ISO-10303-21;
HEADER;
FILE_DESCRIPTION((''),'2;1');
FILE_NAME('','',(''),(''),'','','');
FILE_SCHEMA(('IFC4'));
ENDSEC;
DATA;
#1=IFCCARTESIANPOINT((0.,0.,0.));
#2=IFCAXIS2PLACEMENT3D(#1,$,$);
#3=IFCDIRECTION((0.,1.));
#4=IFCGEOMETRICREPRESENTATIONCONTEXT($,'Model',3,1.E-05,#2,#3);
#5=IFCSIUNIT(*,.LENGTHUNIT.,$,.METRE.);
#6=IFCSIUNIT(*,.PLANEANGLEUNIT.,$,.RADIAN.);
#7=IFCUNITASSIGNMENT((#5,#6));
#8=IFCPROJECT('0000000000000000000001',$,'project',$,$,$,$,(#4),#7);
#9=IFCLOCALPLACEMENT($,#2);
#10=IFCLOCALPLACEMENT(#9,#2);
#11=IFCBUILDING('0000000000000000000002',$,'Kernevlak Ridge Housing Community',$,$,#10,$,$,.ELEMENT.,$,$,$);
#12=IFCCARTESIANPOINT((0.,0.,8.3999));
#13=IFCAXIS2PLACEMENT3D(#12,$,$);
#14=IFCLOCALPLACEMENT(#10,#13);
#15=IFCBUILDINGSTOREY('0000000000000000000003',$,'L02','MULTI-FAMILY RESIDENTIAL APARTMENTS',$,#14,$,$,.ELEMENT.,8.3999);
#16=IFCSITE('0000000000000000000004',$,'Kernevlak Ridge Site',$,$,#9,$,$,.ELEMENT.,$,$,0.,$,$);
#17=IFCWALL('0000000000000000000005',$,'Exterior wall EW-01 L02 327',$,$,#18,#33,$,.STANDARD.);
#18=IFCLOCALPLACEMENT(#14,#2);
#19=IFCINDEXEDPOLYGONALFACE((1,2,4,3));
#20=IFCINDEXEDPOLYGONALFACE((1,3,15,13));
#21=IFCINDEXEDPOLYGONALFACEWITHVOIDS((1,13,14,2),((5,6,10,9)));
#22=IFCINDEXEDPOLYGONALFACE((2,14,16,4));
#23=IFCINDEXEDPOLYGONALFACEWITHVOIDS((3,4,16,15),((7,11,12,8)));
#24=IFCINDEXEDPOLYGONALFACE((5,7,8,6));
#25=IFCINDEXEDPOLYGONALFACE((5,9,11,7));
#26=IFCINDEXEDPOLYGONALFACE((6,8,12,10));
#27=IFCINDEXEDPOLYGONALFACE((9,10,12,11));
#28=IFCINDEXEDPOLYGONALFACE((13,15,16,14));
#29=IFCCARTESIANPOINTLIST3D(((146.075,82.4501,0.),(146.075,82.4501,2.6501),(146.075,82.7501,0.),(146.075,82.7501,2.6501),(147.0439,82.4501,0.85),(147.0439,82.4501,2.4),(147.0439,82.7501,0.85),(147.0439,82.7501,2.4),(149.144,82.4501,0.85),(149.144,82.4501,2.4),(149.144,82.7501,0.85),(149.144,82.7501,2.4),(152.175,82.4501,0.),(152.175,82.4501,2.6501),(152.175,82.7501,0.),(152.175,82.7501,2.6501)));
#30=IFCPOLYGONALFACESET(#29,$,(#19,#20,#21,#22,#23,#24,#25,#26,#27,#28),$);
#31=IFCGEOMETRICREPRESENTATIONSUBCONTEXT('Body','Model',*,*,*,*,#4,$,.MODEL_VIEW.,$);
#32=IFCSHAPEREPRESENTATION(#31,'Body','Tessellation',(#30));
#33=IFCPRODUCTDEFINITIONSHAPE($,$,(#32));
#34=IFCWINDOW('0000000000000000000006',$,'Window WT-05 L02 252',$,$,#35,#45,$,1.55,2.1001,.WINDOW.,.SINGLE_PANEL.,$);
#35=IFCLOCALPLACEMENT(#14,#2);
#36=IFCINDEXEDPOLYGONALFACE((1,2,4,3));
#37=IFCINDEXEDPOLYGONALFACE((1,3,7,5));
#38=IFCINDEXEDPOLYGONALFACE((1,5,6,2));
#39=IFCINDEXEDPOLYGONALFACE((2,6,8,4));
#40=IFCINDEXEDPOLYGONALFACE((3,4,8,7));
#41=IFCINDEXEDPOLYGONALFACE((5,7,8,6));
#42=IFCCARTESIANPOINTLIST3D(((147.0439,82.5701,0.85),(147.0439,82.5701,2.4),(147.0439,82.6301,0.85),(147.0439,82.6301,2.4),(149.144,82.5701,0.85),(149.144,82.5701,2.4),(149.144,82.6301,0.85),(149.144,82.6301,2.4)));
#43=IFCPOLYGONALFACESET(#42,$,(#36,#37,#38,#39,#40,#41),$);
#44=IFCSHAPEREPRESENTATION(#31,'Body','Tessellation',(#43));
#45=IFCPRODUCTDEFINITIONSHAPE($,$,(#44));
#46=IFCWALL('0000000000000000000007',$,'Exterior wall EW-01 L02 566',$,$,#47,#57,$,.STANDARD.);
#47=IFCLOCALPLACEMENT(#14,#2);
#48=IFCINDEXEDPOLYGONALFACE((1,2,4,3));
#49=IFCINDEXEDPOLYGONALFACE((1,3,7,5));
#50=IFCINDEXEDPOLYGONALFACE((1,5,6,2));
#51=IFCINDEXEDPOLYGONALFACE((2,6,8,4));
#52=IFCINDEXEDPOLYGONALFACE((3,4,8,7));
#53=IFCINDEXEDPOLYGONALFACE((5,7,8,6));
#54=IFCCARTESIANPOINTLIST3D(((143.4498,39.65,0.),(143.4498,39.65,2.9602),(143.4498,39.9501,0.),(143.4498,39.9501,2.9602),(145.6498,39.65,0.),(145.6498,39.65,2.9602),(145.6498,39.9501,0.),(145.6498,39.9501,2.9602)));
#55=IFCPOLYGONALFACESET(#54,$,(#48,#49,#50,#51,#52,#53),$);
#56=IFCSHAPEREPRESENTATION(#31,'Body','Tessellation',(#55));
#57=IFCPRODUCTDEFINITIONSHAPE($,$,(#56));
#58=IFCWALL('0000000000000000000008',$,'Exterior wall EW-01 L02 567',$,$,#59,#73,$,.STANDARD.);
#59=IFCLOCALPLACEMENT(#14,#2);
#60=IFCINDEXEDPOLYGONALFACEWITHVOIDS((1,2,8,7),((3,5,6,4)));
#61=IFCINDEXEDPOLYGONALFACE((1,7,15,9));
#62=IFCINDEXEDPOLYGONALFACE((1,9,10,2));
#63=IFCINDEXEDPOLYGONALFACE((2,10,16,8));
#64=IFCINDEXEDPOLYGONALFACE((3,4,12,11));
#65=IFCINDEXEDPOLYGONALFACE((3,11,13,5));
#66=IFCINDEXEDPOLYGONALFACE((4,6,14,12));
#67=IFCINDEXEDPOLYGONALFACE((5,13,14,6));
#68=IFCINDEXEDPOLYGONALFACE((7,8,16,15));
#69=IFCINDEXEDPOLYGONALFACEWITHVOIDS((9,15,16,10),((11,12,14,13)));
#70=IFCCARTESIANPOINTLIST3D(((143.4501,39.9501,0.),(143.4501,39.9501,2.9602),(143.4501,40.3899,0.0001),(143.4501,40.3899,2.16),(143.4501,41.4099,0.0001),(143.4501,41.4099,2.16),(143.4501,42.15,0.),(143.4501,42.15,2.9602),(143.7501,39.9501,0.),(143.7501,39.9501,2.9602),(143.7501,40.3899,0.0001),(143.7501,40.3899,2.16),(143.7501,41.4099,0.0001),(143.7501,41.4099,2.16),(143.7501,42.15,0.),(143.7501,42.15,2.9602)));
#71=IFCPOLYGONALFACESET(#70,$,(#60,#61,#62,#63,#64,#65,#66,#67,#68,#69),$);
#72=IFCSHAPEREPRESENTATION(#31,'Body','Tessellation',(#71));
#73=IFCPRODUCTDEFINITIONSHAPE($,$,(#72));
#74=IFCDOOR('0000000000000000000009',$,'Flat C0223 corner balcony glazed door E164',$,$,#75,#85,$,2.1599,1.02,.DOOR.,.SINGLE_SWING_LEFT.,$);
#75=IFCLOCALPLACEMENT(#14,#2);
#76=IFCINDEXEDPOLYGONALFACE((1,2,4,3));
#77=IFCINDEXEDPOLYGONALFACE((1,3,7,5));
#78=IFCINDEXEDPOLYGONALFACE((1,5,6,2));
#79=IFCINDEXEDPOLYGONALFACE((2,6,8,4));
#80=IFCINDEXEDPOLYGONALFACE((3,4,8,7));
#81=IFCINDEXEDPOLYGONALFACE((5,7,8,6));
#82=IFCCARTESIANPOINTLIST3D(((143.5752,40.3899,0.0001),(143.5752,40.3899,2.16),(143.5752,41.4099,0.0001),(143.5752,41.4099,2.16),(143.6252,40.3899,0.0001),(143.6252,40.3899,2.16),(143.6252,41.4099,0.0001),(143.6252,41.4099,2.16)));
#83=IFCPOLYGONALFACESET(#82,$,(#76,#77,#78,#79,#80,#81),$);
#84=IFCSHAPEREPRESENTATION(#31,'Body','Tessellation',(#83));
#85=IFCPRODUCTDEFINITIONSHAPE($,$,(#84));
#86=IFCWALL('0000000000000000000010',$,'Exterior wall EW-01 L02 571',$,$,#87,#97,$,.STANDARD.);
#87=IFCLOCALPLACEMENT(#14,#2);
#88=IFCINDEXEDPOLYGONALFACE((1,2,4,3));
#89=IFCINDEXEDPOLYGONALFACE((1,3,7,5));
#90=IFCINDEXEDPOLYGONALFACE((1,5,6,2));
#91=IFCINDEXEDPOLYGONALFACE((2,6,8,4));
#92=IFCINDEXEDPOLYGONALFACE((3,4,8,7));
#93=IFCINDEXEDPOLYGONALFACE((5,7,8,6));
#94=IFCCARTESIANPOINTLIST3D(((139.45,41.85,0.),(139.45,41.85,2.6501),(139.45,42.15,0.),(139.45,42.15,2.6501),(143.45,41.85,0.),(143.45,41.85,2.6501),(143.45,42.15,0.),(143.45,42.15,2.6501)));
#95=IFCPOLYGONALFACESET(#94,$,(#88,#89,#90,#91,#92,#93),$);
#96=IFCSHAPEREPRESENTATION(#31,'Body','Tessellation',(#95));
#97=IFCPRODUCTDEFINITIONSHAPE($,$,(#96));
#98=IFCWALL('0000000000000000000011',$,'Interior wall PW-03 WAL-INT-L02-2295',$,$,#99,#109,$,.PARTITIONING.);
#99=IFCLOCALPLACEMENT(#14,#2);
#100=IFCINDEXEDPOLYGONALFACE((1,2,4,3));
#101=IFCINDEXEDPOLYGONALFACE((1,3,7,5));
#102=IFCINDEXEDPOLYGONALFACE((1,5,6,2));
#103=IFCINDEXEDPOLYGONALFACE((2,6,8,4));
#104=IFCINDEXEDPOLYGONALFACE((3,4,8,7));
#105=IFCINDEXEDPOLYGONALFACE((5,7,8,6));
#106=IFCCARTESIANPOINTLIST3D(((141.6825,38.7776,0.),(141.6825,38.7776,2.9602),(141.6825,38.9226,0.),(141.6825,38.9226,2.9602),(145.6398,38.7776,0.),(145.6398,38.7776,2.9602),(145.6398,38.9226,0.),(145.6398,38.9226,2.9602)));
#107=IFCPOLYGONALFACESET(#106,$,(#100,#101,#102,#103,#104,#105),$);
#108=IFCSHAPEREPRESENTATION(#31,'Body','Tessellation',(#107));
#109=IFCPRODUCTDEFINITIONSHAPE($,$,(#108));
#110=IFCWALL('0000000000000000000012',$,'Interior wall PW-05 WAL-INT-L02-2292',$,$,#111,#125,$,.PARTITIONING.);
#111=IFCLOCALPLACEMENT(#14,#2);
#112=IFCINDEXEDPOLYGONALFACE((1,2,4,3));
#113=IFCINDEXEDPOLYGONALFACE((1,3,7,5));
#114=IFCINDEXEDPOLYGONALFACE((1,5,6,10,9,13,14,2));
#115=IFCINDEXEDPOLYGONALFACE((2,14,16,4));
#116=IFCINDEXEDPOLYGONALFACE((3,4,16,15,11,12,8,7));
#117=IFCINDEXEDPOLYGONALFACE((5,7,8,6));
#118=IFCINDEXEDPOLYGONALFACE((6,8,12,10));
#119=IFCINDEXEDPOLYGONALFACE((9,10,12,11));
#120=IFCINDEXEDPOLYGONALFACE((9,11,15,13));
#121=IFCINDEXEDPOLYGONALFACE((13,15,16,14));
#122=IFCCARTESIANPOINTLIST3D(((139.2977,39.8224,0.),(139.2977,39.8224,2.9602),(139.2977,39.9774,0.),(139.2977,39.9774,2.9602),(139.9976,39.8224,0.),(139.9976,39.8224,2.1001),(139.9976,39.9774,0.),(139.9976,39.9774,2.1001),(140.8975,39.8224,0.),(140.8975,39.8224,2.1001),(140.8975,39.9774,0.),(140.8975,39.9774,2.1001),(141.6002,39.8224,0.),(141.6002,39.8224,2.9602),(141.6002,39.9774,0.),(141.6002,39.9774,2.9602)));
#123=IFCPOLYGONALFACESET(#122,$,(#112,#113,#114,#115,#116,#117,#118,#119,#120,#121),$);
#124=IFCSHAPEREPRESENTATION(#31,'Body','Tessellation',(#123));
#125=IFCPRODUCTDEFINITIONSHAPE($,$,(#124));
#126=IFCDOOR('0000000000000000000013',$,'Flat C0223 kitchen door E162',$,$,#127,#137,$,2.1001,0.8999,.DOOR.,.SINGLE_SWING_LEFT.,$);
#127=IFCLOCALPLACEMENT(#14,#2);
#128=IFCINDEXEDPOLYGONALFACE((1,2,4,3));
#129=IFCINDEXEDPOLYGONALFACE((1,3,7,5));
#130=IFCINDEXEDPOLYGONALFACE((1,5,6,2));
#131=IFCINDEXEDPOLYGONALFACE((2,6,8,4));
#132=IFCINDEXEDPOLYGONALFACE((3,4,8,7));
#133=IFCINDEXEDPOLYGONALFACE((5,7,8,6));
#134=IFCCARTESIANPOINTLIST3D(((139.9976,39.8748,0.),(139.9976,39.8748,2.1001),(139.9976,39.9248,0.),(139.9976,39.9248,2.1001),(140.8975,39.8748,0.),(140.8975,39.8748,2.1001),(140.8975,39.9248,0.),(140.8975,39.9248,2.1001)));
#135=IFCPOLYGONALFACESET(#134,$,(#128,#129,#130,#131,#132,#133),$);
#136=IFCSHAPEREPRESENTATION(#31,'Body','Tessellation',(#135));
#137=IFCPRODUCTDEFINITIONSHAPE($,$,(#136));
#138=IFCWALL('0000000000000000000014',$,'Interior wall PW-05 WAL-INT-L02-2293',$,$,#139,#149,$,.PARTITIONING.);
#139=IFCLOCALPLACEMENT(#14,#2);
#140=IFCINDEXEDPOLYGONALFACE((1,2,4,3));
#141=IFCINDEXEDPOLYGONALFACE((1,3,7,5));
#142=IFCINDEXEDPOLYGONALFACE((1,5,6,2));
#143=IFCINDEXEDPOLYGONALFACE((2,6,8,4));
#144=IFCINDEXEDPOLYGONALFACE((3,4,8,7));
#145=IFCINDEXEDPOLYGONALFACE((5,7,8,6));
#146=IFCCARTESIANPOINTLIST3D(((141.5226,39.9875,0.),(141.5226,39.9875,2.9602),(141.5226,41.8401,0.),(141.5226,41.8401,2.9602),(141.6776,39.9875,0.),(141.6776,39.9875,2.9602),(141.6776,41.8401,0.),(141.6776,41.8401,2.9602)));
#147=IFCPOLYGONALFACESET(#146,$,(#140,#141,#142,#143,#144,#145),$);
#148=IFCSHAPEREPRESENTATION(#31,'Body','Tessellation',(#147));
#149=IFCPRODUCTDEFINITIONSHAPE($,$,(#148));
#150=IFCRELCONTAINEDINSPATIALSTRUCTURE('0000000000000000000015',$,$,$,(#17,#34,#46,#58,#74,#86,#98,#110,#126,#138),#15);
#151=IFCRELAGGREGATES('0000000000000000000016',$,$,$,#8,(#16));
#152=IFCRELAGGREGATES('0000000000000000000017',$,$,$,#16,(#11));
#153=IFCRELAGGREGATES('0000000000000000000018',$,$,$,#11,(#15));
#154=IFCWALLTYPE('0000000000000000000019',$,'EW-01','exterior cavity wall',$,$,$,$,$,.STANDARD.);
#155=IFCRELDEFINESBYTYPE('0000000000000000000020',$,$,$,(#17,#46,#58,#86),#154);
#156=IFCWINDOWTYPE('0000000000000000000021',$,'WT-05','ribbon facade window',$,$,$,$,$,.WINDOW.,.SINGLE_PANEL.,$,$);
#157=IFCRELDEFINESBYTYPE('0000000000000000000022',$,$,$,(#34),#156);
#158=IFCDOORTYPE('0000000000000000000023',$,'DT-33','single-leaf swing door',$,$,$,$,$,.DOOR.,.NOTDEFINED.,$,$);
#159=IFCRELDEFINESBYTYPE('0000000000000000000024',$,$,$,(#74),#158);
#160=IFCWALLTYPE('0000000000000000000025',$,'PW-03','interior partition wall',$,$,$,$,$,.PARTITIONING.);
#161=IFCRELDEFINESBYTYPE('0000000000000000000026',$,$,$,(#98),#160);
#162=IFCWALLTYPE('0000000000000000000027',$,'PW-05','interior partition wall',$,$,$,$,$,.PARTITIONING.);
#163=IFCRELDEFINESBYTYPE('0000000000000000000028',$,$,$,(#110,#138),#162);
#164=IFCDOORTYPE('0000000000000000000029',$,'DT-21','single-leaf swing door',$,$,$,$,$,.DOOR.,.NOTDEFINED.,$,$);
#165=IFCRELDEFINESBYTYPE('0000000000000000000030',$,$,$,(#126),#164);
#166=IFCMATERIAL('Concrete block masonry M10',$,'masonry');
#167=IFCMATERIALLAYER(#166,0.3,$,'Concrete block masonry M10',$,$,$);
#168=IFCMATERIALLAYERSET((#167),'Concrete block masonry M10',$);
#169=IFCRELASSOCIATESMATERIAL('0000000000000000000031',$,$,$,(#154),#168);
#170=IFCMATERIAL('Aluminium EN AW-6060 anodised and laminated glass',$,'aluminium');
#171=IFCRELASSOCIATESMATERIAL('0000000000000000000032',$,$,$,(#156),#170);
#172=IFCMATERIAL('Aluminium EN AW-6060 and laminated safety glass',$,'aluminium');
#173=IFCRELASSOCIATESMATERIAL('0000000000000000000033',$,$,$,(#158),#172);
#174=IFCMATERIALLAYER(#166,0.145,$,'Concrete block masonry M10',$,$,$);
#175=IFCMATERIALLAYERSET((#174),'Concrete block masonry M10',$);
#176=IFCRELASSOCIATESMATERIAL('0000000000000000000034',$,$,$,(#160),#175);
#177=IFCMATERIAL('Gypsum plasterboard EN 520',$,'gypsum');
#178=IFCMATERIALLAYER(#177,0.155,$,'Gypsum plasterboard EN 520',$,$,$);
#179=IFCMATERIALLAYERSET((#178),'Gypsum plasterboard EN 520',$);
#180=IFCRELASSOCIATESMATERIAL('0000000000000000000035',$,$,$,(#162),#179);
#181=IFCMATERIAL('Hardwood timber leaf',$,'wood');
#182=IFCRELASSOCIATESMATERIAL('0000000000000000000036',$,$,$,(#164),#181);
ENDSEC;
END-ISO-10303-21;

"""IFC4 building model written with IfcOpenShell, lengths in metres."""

from ifc_helpers import new_model, si_unit, direction, frame, frame_2d, origin, place, context, subcontext, project, spatial, rectangle, extrude, material, layer, layer_set, type_object, element, fill, save


model = new_model("IFC4")

# Units and contexts
model_context = context("Model", 3, precision=1e-05, world=origin(), true_north=direction((0.0, 1.0)))
body_context = subcontext(model_context, "Body", "Model", "MODEL_VIEW")
ifc_project = project(units=[si_unit("LENGTHUNIT", "METRE"), si_unit("PLANEANGLEUNIT", "RADIAN")], contexts=[model_context])

# Site, building, storey
site_placement = place(None, origin())
site = spatial("IfcSite", under=ifc_project, at=site_placement, Name="Kernevlak Ridge Site", CompositionType="ELEMENT", RefElevation=0.0)
building_placement = place(site_placement, origin())
building = spatial("IfcBuilding", under=site, at=building_placement, Name="Kernevlak Ridge Housing Community", CompositionType="ELEMENT")
storey_placement = place(building_placement, frame((0.0, 0.0, 8.3999)))
storey = spatial("IfcBuildingStorey", under=building, at=storey_placement, Name="L02", Description="MULTI-FAMILY RESIDENTIAL APARTMENTS", CompositionType="ELEMENT", Elevation=8.3999)

# Shared definitions
ifc_material_1 = material(Name="Aluminium EN AW-6060 anodised and laminated glass", Category="aluminium")

# Wall, opening, window
ifc_material_2 = material(Name="Concrete block masonry M10", Category="masonry")
ifc_layer_1 = layer(ifc_material_2, 0.3, Name="Concrete block masonry M10")
ifc_layer_set_1 = layer_set([ifc_layer_1], Name="Concrete block masonry M10")
wall_type_1 = type_object("IfcWallType", Name="EW-01", Description="exterior cavity wall", PredefinedType="STANDARD", material=ifc_layer_set_1)
wall_1_placement = place(storey_placement, frame((146.075, 82.6001, 0.0), z_axis=(0.0, 0.0, 1.0), x_axis=(1.0, 0.0, 0.0)))
wall_1 = element("IfcWall", 1, at=wall_1_placement, inside=storey, type_object=wall_type_1, Name="Exterior wall EW-01 L02 327", PredefinedType="STANDARD", context=body_context, shape_type="SweptSolid", body=[
    extrude(rectangle(XDim=6.1001, YDim=0.3, at=frame_2d((3.05, 0.0))), origin(), (0.0, 0.0, 1.0), 2.6501),
])
opening_1_placement = place(wall_1_placement, frame((0.969, 0.0, 0.8501)))
opening_1 = element("IfcOpeningElement", 2, at=opening_1_placement, cuts=wall_1, PredefinedType="OPENING", context=body_context, shape_type="SweptSolid", body=[
    extrude(rectangle(XDim=2.1001, YDim=1.55, at=frame_2d((1.05, 0.7749))), frame((0.0, 0.1599, 0.0), z_axis=(0.0, -1.0, 0.0), x_axis=(1.0, 0.0, 0.0)), (0.0, 0.0, 1.0), 0.3201),
])
window_type_1 = type_object("IfcWindowType", Name="WT-05", Description="ribbon facade window", PartitioningType="SINGLE_PANEL", PredefinedType="WINDOW", material=ifc_material_1)
window_1_placement = place(opening_1_placement, origin())
window_1 = element("IfcWindow", 3, at=window_1_placement, inside=storey, type_object=window_type_1, Name="Window WT-05 L02 252", OverallHeight=1.55, OverallWidth=2.1001, PartitioningType="SINGLE_PANEL", PredefinedType="WINDOW", context=body_context, shape_type="SweptSolid", body=[
    extrude(rectangle(XDim=2.1001, YDim=1.55, at=frame_2d((1.05, 0.7749))), frame((0.0, 0.03, 0.0), z_axis=(0.0, -1.0, 0.0), x_axis=(1.0, 0.0, 0.0)), (0.0, 0.0, 1.0), 0.0601),
])
fill(opening_1, window_1)

# Wall
wall_2_placement = place(storey_placement, frame((145.6499, 39.8, 0.0), z_axis=(0.0, 0.0, 1.0), x_axis=(-1.0, 0.0, 0.0)))
element("IfcWall", 4, at=wall_2_placement, inside=storey, type_object=wall_type_1, Name="Exterior wall EW-01 L02 566", PredefinedType="STANDARD", context=body_context, shape_type="SweptSolid", body=[
    extrude(rectangle(XDim=2.2, YDim=0.3, at=frame_2d((1.1001, 0.0))), origin(), (0.0, 0.0, 1.0), 2.9602),
])

# Wall, opening, door
wall_3_placement = place(storey_placement, frame((143.6001, 39.95, 0.0), z_axis=(0.0, 0.0, 1.0), x_axis=(0.0, 1.0, 0.0)))
wall_3 = element("IfcWall", 5, at=wall_3_placement, inside=storey, type_object=wall_type_1, Name="Exterior wall EW-01 L02 567", PredefinedType="STANDARD", context=body_context, shape_type="SweptSolid", body=[
    extrude(rectangle(XDim=2.2, YDim=0.3, at=frame_2d((1.1001, 0.0))), origin(), (0.0, 0.0, 1.0), 2.9602),
])
opening_2_placement = place(wall_3_placement, frame((0.4399, 0.0, 0.0)))
opening_2 = element("IfcOpeningElement", 6, at=opening_2_placement, cuts=wall_3, PredefinedType="OPENING", context=body_context, shape_type="SweptSolid", body=[
    extrude(rectangle(XDim=1.02, YDim=2.1599, at=frame_2d((0.51, 1.0801))), frame((0.0, 0.1599, 0.0), z_axis=(0.0, -1.0, 0.0), x_axis=(1.0, 0.0, 0.0)), (0.0, 0.0, 1.0), 0.3201),
])
ifc_material_3 = material(Name="Aluminium EN AW-6060 and laminated safety glass", Category="aluminium")
door_type_1 = type_object("IfcDoorType", Name="DT-33", Description="single-leaf swing door", OperationType="NOTDEFINED", PredefinedType="DOOR", material=ifc_material_3)
door_1_placement = place(opening_2_placement, origin())
door_1 = element("IfcDoor", 7, at=door_1_placement, inside=storey, type_object=door_type_1, Name="Flat C0223 corner balcony glazed door E164", OperationType="SINGLE_SWING_LEFT", OverallHeight=2.1599, OverallWidth=1.02, PredefinedType="DOOR", context=body_context, shape_type="SweptSolid", body=[
    extrude(rectangle(XDim=1.02, YDim=2.1599, at=frame_2d((0.51, 1.0801))), frame((0.0, 0.0249, 0.0), z_axis=(0.0, -1.0, 0.0), x_axis=(1.0, 0.0, 0.0)), (0.0, 0.0, 1.0), 0.05),
])
fill(opening_2, door_1)

# Walls
wall_4_placement = place(storey_placement, frame((139.45, 42.0, 0.0), z_axis=(0.0, 0.0, 1.0), x_axis=(1.0, 0.0, 0.0)))
element("IfcWall", 8, at=wall_4_placement, inside=storey, type_object=wall_type_1, Name="Exterior wall EW-01 L02 571", PredefinedType="STANDARD", context=body_context, shape_type="SweptSolid", body=[
    extrude(rectangle(XDim=4.0, YDim=0.3, at=frame_2d((2.0, 0.0))), origin(), (0.0, 0.0, 1.0), 2.6501),
])
ifc_layer_2 = layer(ifc_material_2, 0.145, Name="Concrete block masonry M10")
ifc_layer_set_2 = layer_set([ifc_layer_2], Name="Concrete block masonry M10")
wall_type_2 = type_object("IfcWallType", Name="PW-03", Description="interior partition wall", PredefinedType="PARTITIONING", material=ifc_layer_set_2)
wall_5_placement = place(storey_placement, frame((141.6826, 38.8501, 0.0), z_axis=(0.0, 0.0, 1.0), x_axis=(1.0, 0.0, 0.0)))
element("IfcWall", 9, at=wall_5_placement, inside=storey, type_object=wall_type_2, Name="Interior wall PW-03 WAL-INT-L02-2295", PredefinedType="PARTITIONING", context=body_context, shape_type="SweptSolid", body=[
    extrude(rectangle(XDim=3.9573, YDim=0.145, at=frame_2d((1.9785, 0.0))), origin(), (0.0, 0.0, 1.0), 2.9602),
])

# Wall, opening, door
ifc_material_4 = material(Name="Gypsum plasterboard EN 520", Category="gypsum")
ifc_layer_3 = layer(ifc_material_4, 0.155, Name="Gypsum plasterboard EN 520")
ifc_layer_set_3 = layer_set([ifc_layer_3], Name="Gypsum plasterboard EN 520")
wall_type_3 = type_object("IfcWallType", Name="PW-05", Description="interior partition wall", PredefinedType="PARTITIONING", material=ifc_layer_set_3)
wall_6_placement = place(storey_placement, frame((139.2976, 39.8999, 0.0), z_axis=(0.0, 0.0, 1.0), x_axis=(1.0, 0.0, 0.0)))
wall_6 = element("IfcWall", 10, at=wall_6_placement, inside=storey, type_object=wall_type_3, Name="Interior wall PW-05 WAL-INT-L02-2292", PredefinedType="PARTITIONING", context=body_context, shape_type="SweptSolid", body=[
    extrude(rectangle(XDim=2.3025, YDim=0.155, at=frame_2d((1.1514, 0.0))), origin(), (0.0, 0.0, 1.0), 2.9602),
])
opening_3_placement = place(wall_6_placement, frame((0.7, 0.0, 0.0)))
opening_3 = element("IfcOpeningElement", 11, at=opening_3_placement, cuts=wall_6, PredefinedType="OPENING", context=body_context, shape_type="SweptSolid", body=[
    extrude(rectangle(XDim=0.8999, YDim=2.1001, at=frame_2d((0.45, 1.05))), frame((0.0, 0.0874, 0.0), z_axis=(0.0, -1.0, 0.0), x_axis=(1.0, 0.0, 0.0)), (0.0, 0.0, 1.0), 0.175),
])
ifc_material_5 = material(Name="Hardwood timber leaf", Category="wood")
door_type_2 = type_object("IfcDoorType", Name="DT-21", Description="single-leaf swing door", OperationType="NOTDEFINED", PredefinedType="DOOR", material=ifc_material_5)
door_2_placement = place(opening_3_placement, origin())
door_2 = element("IfcDoor", 12, at=door_2_placement, inside=storey, type_object=door_type_2, Name="Flat C0223 kitchen door E162", OperationType="SINGLE_SWING_LEFT", OverallHeight=2.1001, OverallWidth=0.8999, PredefinedType="DOOR", context=body_context, shape_type="SweptSolid", body=[
    extrude(rectangle(XDim=0.8999, YDim=2.1001, at=frame_2d((0.45, 1.05))), frame((0.0, 0.0249, 0.0), z_axis=(0.0, -1.0, 0.0), x_axis=(1.0, 0.0, 0.0)), (0.0, 0.0, 1.0), 0.05),
])
fill(opening_3, door_2)

# Wall
wall_7_placement = place(storey_placement, frame((141.6001, 39.9875, 0.0), z_axis=(0.0, 0.0, 1.0), x_axis=(0.0, 1.0, 0.0)))
element("IfcWall", 13, at=wall_7_placement, inside=storey, type_object=wall_type_3, Name="Interior wall PW-05 WAL-INT-L02-2293", PredefinedType="PARTITIONING", context=body_context, shape_type="SweptSolid", body=[
    extrude(rectangle(XDim=1.8525, YDim=0.155, at=frame_2d((0.9263, 0.0))), origin(), (0.0, 0.0, 1.0), 2.9602),
])

save(model, "model.ifc")
